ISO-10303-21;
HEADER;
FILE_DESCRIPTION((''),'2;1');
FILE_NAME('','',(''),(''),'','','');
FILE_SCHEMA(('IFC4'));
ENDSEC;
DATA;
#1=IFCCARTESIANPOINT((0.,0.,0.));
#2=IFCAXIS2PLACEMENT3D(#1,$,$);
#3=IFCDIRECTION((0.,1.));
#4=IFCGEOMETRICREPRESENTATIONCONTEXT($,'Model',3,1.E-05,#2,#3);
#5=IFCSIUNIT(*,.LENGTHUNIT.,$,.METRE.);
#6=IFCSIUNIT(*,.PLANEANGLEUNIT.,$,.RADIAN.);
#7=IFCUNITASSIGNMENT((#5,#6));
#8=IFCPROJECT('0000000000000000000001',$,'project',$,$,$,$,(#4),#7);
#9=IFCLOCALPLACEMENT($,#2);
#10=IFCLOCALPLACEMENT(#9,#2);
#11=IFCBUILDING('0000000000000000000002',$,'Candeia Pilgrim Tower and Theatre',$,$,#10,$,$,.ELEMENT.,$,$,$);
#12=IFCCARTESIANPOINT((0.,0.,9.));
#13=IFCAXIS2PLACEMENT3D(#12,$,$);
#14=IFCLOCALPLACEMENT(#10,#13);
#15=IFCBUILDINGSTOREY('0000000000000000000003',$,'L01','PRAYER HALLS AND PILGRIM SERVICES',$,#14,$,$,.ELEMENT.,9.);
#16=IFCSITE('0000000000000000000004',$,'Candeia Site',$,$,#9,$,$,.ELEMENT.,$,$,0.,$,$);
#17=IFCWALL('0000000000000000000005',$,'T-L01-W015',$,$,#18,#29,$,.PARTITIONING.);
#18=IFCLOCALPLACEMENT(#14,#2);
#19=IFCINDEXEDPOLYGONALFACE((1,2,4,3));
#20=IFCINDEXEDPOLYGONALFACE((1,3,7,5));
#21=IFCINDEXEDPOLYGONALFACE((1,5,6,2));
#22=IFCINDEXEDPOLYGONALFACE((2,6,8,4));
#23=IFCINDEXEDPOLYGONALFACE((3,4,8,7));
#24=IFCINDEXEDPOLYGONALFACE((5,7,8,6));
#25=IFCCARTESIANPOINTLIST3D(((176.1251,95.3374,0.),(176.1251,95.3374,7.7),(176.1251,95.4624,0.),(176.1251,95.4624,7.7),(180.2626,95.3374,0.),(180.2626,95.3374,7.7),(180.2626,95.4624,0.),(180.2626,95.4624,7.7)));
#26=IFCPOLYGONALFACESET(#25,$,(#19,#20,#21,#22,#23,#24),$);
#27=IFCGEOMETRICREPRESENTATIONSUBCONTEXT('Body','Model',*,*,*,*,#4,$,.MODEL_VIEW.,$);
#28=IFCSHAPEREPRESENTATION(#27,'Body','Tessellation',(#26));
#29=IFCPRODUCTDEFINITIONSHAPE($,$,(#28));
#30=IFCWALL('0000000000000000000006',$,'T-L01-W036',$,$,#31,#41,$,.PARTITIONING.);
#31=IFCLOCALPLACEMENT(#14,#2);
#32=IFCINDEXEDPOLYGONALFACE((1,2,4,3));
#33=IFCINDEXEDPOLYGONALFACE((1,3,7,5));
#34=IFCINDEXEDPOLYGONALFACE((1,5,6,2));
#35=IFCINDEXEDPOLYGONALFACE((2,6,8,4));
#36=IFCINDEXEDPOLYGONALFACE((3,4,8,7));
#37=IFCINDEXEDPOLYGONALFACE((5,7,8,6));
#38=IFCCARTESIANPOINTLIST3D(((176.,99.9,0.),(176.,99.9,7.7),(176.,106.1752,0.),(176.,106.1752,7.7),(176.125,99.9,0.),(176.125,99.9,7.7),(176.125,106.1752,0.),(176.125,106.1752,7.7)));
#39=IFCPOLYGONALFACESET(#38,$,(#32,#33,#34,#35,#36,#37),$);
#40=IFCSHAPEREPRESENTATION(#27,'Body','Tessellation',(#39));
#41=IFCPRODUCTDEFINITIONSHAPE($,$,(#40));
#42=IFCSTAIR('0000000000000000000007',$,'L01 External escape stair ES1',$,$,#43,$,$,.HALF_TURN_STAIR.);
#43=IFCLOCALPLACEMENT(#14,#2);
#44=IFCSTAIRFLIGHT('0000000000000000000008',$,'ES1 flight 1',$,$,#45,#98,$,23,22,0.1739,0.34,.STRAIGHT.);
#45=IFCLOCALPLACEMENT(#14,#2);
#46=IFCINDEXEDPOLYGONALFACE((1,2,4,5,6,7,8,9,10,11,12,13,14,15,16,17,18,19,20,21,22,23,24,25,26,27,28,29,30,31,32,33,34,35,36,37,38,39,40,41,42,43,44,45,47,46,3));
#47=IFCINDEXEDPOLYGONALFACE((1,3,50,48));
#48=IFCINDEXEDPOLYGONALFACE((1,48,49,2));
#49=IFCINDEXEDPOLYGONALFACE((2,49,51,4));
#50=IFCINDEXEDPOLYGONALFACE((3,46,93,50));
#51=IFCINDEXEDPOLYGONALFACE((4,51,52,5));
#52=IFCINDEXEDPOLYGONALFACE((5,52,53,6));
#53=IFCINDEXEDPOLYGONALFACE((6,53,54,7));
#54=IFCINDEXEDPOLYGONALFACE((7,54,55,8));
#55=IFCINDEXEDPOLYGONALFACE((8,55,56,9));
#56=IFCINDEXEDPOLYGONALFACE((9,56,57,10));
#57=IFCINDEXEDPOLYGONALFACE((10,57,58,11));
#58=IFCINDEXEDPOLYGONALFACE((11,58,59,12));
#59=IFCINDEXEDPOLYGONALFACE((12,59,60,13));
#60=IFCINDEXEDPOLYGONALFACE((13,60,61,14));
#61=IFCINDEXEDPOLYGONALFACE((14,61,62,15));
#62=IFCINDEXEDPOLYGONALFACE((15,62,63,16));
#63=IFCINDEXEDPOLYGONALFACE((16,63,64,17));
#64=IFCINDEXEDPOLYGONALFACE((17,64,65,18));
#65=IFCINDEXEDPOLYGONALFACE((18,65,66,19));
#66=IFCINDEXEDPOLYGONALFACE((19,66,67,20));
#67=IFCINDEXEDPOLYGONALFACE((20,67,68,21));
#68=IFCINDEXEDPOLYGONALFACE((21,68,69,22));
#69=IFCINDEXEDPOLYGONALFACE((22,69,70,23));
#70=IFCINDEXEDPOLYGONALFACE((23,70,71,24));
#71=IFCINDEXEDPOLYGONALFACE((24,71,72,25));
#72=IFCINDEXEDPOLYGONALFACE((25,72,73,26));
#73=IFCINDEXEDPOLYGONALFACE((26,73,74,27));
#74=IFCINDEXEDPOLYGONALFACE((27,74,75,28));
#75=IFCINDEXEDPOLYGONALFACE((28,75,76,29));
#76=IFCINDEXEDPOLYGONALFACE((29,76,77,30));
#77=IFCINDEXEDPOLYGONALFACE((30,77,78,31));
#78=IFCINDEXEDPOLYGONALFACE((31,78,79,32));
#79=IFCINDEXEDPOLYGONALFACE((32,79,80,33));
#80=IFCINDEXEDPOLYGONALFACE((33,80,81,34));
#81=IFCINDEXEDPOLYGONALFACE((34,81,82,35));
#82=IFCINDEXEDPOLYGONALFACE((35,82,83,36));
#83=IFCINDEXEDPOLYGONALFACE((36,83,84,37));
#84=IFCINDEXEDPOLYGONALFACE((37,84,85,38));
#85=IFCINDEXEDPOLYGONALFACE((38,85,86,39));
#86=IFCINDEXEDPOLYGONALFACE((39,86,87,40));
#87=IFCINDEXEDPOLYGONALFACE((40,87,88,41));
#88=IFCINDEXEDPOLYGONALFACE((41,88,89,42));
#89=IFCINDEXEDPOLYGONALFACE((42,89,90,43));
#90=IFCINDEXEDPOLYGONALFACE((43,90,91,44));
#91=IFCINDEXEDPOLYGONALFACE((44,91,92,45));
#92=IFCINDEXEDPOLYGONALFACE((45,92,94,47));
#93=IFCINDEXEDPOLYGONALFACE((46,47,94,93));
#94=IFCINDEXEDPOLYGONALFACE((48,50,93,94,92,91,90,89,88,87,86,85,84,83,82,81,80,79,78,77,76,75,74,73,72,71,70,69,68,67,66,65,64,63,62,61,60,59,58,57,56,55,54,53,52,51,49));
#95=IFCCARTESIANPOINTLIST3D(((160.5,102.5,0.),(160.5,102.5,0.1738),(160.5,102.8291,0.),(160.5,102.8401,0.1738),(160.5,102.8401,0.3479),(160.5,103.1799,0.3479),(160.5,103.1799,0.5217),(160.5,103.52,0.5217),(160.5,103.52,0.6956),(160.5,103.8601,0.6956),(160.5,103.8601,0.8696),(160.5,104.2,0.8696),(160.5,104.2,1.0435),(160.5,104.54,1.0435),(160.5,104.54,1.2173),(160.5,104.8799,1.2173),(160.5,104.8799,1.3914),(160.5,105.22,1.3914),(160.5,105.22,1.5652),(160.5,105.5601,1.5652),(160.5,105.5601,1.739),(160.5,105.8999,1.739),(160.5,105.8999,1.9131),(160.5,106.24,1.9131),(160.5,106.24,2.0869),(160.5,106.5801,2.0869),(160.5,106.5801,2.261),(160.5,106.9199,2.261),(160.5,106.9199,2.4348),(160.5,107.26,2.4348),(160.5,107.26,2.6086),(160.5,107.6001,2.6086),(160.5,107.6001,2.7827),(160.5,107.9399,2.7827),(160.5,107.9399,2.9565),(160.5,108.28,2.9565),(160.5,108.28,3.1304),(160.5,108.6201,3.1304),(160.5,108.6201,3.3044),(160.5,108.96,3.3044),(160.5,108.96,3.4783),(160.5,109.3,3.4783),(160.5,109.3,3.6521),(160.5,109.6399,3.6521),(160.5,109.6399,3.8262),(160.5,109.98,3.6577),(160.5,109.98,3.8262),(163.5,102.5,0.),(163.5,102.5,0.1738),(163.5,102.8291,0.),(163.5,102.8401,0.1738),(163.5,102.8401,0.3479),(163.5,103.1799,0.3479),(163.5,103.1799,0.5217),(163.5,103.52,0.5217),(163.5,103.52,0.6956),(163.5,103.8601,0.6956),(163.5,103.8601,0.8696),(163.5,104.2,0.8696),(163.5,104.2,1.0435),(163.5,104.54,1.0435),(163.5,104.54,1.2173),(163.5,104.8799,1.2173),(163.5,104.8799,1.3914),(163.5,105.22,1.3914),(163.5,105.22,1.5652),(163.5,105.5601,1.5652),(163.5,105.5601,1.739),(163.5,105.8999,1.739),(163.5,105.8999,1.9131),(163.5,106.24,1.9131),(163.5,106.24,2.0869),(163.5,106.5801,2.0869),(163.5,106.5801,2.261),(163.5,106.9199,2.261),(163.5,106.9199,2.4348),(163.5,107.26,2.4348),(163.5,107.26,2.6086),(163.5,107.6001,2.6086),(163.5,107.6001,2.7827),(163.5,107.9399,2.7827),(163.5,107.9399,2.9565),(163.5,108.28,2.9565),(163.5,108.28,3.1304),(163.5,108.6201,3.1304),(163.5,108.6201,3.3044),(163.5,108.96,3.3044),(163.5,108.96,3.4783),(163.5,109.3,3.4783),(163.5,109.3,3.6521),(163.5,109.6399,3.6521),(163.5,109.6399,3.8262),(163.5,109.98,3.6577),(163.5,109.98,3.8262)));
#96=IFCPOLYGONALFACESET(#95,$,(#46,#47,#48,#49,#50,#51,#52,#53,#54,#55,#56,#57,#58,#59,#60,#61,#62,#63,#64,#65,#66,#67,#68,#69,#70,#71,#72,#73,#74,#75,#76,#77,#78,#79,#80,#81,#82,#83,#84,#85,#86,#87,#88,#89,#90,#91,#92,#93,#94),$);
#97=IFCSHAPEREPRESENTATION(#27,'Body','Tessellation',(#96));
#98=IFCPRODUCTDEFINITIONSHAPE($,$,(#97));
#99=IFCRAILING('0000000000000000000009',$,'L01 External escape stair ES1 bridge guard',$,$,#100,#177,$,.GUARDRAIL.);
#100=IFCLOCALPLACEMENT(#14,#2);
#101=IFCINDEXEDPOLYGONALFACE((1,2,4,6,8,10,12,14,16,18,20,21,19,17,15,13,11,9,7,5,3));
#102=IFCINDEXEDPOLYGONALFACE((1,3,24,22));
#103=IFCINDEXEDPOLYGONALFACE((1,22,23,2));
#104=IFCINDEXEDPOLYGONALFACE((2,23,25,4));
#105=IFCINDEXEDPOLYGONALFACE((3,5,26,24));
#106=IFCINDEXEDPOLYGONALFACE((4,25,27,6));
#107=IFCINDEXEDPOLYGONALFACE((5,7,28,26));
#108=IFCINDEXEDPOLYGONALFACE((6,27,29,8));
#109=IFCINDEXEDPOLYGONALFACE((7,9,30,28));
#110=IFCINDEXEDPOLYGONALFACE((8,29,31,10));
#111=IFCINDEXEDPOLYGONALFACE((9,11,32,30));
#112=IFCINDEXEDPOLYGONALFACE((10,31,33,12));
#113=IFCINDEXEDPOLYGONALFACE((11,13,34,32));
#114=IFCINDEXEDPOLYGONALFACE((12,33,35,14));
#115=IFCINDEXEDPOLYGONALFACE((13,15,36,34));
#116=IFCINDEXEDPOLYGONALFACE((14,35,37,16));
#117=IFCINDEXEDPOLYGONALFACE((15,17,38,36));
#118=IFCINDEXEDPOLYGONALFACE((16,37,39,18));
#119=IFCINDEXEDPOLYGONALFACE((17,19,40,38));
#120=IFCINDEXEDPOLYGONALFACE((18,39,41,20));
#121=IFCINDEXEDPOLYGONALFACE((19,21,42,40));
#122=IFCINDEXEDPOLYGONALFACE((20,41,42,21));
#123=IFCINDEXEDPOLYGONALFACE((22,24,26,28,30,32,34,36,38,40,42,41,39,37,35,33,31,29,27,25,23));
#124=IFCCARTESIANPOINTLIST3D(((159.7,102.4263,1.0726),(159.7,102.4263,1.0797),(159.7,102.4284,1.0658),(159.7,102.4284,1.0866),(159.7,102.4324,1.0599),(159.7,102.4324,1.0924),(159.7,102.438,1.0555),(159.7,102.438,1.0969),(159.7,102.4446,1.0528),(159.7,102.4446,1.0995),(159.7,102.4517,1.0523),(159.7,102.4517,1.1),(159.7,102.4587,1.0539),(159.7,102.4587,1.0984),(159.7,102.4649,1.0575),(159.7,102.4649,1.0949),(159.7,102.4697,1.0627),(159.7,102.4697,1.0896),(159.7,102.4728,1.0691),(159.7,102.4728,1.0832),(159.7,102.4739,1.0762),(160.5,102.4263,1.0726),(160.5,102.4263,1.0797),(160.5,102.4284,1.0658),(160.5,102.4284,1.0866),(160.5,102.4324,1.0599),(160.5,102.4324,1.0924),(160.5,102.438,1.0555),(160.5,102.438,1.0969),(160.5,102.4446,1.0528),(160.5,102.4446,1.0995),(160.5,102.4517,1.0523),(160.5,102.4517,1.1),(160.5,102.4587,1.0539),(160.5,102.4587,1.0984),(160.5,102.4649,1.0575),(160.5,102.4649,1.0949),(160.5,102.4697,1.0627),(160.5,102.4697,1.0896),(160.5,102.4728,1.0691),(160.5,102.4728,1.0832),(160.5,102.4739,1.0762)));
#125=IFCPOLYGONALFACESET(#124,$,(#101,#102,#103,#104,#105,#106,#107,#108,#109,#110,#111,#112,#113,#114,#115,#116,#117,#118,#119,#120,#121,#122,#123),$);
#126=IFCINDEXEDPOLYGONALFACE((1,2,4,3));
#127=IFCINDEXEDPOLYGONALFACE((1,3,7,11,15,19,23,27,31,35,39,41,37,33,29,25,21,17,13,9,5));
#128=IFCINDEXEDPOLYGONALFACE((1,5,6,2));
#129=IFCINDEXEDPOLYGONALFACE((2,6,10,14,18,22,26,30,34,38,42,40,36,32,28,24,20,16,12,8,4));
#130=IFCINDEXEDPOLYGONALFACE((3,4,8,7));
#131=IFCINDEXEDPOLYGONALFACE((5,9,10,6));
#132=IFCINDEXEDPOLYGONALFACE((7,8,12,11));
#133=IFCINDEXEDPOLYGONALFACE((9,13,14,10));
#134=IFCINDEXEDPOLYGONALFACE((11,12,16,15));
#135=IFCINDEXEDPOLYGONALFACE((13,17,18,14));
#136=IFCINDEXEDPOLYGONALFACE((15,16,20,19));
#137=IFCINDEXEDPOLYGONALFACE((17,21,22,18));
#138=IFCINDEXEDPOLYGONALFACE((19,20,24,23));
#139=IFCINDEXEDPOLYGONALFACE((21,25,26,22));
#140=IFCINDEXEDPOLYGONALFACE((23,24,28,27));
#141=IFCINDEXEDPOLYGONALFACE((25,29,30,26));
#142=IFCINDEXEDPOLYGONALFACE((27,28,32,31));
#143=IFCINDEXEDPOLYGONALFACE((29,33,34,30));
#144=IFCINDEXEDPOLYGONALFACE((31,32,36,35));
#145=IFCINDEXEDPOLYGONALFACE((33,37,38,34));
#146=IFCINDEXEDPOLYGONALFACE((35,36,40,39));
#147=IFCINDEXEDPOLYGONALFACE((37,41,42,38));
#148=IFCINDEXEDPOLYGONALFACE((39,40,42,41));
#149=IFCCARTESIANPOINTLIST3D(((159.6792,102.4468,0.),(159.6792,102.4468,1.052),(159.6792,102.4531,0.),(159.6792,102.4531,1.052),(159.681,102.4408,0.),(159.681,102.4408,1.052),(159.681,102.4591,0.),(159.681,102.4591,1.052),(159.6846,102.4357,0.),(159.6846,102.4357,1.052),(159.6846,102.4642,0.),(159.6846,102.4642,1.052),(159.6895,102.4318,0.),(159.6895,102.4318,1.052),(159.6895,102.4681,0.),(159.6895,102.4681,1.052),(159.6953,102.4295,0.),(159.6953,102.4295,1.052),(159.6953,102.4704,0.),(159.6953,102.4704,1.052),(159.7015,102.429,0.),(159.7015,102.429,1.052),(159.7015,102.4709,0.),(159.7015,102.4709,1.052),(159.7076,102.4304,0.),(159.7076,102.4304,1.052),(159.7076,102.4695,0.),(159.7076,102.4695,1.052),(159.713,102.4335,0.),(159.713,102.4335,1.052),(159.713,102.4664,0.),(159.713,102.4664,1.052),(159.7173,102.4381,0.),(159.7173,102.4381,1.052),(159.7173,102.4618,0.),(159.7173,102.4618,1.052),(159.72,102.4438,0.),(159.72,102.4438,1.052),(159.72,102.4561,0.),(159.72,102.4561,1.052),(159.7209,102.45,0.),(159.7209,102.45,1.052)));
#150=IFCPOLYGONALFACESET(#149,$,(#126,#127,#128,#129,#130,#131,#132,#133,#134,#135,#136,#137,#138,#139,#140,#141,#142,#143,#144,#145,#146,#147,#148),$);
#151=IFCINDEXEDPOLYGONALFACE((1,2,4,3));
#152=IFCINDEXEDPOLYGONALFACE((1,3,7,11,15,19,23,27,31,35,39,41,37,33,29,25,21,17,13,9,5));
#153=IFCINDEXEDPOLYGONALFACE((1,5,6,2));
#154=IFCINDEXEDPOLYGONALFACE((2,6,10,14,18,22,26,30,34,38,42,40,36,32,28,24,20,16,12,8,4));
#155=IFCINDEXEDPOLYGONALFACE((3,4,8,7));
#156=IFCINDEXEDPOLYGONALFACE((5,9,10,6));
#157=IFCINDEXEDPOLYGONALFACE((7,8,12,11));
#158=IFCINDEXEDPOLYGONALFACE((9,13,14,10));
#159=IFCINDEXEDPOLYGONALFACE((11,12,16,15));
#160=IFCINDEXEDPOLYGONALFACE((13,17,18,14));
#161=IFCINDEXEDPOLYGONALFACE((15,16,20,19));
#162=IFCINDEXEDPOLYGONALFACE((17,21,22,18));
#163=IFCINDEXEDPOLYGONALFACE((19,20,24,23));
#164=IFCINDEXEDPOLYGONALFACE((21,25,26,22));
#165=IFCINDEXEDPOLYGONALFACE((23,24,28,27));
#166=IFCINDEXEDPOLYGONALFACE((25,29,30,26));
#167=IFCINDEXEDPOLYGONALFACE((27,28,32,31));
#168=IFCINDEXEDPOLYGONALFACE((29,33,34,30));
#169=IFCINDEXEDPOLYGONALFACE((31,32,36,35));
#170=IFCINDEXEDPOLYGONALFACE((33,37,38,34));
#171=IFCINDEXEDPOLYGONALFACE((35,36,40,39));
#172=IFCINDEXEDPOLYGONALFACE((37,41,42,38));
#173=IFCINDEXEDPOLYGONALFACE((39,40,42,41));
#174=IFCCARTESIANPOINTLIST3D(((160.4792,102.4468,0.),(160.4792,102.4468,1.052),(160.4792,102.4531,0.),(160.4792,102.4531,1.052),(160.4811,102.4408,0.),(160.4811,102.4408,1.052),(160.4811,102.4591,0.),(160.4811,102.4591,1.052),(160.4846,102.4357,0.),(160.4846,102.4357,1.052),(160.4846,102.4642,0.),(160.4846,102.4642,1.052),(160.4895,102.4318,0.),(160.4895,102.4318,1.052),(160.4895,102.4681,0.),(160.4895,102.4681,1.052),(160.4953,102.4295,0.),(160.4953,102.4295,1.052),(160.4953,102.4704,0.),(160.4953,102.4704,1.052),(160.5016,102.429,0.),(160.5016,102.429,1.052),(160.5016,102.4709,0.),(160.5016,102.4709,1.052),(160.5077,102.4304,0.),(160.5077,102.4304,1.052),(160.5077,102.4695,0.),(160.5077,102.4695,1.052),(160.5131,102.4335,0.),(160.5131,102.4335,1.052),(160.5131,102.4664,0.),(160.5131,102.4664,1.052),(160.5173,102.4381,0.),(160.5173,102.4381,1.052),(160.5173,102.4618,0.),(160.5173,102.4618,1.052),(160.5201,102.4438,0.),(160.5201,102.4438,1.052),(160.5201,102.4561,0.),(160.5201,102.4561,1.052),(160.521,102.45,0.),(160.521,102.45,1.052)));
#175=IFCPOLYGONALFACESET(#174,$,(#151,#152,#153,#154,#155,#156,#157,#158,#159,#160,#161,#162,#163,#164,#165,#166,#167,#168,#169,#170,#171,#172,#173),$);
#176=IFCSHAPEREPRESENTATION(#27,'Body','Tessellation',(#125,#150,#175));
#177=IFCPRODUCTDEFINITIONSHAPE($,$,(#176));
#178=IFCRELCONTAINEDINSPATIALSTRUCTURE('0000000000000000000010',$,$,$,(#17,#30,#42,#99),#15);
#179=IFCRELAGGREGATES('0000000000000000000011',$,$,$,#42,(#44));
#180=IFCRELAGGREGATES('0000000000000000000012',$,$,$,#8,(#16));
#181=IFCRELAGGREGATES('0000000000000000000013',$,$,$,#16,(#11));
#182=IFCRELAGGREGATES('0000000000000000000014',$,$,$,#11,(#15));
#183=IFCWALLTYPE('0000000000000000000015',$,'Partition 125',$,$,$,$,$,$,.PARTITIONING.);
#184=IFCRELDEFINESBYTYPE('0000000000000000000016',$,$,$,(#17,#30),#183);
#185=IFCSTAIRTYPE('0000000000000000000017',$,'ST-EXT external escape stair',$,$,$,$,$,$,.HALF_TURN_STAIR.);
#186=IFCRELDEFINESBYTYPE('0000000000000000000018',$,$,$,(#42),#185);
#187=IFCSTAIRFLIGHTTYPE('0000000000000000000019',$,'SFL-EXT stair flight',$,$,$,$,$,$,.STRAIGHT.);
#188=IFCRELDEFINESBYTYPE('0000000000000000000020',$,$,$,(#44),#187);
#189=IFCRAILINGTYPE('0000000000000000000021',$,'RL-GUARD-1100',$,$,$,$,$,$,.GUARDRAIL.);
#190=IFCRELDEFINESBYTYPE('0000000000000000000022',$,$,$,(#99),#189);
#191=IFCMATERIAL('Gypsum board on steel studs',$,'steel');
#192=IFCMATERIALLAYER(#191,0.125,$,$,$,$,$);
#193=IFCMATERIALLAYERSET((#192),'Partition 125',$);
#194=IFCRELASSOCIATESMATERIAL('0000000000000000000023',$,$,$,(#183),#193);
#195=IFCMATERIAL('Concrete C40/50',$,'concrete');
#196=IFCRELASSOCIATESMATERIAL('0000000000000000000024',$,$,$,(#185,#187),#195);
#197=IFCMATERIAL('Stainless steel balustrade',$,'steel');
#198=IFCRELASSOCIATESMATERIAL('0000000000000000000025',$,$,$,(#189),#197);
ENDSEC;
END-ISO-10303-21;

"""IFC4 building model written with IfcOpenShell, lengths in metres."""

from ifc_helpers import new_model, si_unit, direction, frame, frame_2d, origin, origin_2d, place, context, subcontext, project, spatial, polyline, rectangle, circle, outline, extrude, material, layer, layer_set, type_object, element, aggregate, save


model = new_model("IFC4")

# Units and contexts
model_context = context("Model", 3, precision=1e-05, world=origin(), true_north=direction((0.0, 1.0)))
body_context = subcontext(model_context, "Body", "Model", "MODEL_VIEW")
ifc_project = project(units=[si_unit("LENGTHUNIT", "METRE"), si_unit("PLANEANGLEUNIT", "RADIAN")], contexts=[model_context])

# Site, building, storey
site_placement = place(None, origin())
site = spatial("IfcSite", under=ifc_project, at=site_placement, Name="Candeia Site", CompositionType="ELEMENT", RefElevation=0.0)
building_placement = place(site_placement, origin())
building = spatial("IfcBuilding", under=site, at=building_placement, Name="Candeia Pilgrim Tower and Theatre", CompositionType="ELEMENT")
storey_placement = place(building_placement, frame((0.0, 0.0, 9.0)))
storey = spatial("IfcBuildingStorey", under=building, at=storey_placement, Name="L01", Description="PRAYER HALLS AND PILGRIM SERVICES", CompositionType="ELEMENT", Elevation=9.0)

# Shared definitions
ifc_material_1 = material(Name="Concrete C40/50", Category="concrete")

# Walls
ifc_material_2 = material(Name="Gypsum board on steel studs", Category="steel")
ifc_layer_1 = layer(ifc_material_2, 0.125)
ifc_layer_set_1 = layer_set([ifc_layer_1], Name="Partition 125")
wall_type_1 = type_object("IfcWallType", Name="Partition 125", PredefinedType="PARTITIONING", material=ifc_layer_set_1)
wall_1_placement = place(storey_placement, frame((176.125, 95.3999, 0.0), z_axis=(0.0, 0.0, 1.0), x_axis=(1.0, 0.0, 0.0)))
element("IfcWall", 1, at=wall_1_placement, inside=storey, type_object=wall_type_1, Name="T-L01-W015", PredefinedType="PARTITIONING", context=body_context, shape_type="SweptSolid", body=[
    extrude(rectangle(XDim=4.1375, YDim=0.125, at=frame_2d((2.0688, 0.0))), origin(), (0.0, 0.0, 1.0), 7.7),
])
wall_2_placement = place(storey_placement, frame((176.0625, 99.8999, 0.0), z_axis=(0.0, 0.0, 1.0), x_axis=(0.0, 1.0, 0.0)))
element("IfcWall", 2, at=wall_2_placement, inside=storey, type_object=wall_type_1, Name="T-L01-W036", PredefinedType="PARTITIONING", context=body_context, shape_type="SweptSolid", body=[
    extrude(rectangle(XDim=6.2751, YDim=0.125, at=frame_2d((3.1377, 0.0))), origin(), (0.0, 0.0, 1.0), 7.7),
])

# Stair, stair flight
stair_type = type_object("IfcStairType", Name="ST-EXT external escape stair", PredefinedType="HALF_TURN_STAIR", material=ifc_material_1)
stair_placement = place(storey_placement, origin())
stair = element("IfcStair", 3, at=stair_placement, inside=storey, type_object=stair_type, Name="L01 External escape stair ES1", PredefinedType="HALF_TURN_STAIR")
stair_flight_type = type_object("IfcStairFlightType", Name="SFL-EXT stair flight", PredefinedType="STRAIGHT", material=ifc_material_1)
stair_flight_placement = place(storey_placement, frame((162.0, 102.5, 0.0), z_axis=(0.0, 0.0, 1.0), x_axis=(0.0, 1.0, 0.0)))
stair_flight = element("IfcStairFlight", 4, at=stair_flight_placement, type_object=stair_flight_type, Name="ES1 flight 1", NumberOfRisers=23, NumberOfTreads=22, PredefinedType="STRAIGHT", RiserHeight=0.1739, TreadLength=0.34, context=body_context, shape_type="SweptSolid", body=[
    extrude(outline(polyline([(0.0, 0.0), (0.0, 0.1738), (0.3401, 0.1738), (0.3401, 0.3479), (0.6799, 0.3479), (0.6799, 0.5217), (1.02, 0.5217), (1.02, 0.6956), (1.3601, 0.6956), (1.3601, 0.8696), (1.7, 0.8696), (1.7, 1.0435), (2.04, 1.0435), (2.04, 1.2173), (2.3799, 1.2173), (2.3799, 1.3914), (2.72, 1.3914), (2.72, 1.5652), (3.0601, 1.5652), (3.0601, 1.739), (3.3999, 1.739), (3.3999, 1.9131), (3.74, 1.9131), (3.74, 2.0869), (4.0801, 2.0869), (4.0801, 2.261), (4.4199, 2.261), (4.4199, 2.4348), (4.76, 2.4348), (4.76, 2.6086), (5.1001, 2.6086), (5.1001, 2.7827), (5.4399, 2.7827), (5.4399, 2.9565), (5.78, 2.9565), (5.78, 3.1304), (6.1201, 3.1304), (6.1201, 3.3044), (6.46, 3.3044), (6.46, 3.4783), (6.8, 3.4783), (6.8, 3.6521), (7.1399, 3.6521), (7.1399, 3.8262), (7.48, 3.8262), (7.48, 4.0), (7.48, 3.6577), (0.3291, 0.0), (0.0, 0.0)])), frame((0.0, 1.5, 0.0), z_axis=(0.0, -1.0, 0.0), x_axis=(1.0, 0.0, 0.0)), (0.0, 0.0, 1.0), 3.0),
])
aggregate(stair, [stair_flight])

# Railing
ifc_material_3 = material(Name="Stainless steel balustrade", Category="steel")
railing_type_1 = type_object("IfcRailingType", Name="RL-GUARD-1100", PredefinedType="GUARDRAIL", material=ifc_material_3)
railing_1_placement = place(storey_placement, frame((159.7, 102.45, 0.0)))
element("IfcRailing", 5, at=railing_1_placement, inside=storey, type_object=railing_type_1, Name="L01 External escape stair ES1 bridge guard", PredefinedType="GUARDRAIL", context=body_context, shape_type="SweptSolid", body=[
    extrude(circle(Radius=0.0239, at=origin_2d()), frame((0.0, 0.0, 1.0762), z_axis=(1.0, 0.0, 0.0), x_axis=(0.0, 1.0, 0.0)), (0.0, 0.0, 1.0), 0.8),
    extrude(circle(Radius=0.021, at=origin_2d()), origin(), (0.0, 0.0, 1.0), 1.052),
    extrude(circle(Radius=0.021, at=origin_2d()), frame((0.8, 0.0, 0.0)), (0.0, 0.0, 1.0), 1.052),
])

save(model, "model.ifc")
